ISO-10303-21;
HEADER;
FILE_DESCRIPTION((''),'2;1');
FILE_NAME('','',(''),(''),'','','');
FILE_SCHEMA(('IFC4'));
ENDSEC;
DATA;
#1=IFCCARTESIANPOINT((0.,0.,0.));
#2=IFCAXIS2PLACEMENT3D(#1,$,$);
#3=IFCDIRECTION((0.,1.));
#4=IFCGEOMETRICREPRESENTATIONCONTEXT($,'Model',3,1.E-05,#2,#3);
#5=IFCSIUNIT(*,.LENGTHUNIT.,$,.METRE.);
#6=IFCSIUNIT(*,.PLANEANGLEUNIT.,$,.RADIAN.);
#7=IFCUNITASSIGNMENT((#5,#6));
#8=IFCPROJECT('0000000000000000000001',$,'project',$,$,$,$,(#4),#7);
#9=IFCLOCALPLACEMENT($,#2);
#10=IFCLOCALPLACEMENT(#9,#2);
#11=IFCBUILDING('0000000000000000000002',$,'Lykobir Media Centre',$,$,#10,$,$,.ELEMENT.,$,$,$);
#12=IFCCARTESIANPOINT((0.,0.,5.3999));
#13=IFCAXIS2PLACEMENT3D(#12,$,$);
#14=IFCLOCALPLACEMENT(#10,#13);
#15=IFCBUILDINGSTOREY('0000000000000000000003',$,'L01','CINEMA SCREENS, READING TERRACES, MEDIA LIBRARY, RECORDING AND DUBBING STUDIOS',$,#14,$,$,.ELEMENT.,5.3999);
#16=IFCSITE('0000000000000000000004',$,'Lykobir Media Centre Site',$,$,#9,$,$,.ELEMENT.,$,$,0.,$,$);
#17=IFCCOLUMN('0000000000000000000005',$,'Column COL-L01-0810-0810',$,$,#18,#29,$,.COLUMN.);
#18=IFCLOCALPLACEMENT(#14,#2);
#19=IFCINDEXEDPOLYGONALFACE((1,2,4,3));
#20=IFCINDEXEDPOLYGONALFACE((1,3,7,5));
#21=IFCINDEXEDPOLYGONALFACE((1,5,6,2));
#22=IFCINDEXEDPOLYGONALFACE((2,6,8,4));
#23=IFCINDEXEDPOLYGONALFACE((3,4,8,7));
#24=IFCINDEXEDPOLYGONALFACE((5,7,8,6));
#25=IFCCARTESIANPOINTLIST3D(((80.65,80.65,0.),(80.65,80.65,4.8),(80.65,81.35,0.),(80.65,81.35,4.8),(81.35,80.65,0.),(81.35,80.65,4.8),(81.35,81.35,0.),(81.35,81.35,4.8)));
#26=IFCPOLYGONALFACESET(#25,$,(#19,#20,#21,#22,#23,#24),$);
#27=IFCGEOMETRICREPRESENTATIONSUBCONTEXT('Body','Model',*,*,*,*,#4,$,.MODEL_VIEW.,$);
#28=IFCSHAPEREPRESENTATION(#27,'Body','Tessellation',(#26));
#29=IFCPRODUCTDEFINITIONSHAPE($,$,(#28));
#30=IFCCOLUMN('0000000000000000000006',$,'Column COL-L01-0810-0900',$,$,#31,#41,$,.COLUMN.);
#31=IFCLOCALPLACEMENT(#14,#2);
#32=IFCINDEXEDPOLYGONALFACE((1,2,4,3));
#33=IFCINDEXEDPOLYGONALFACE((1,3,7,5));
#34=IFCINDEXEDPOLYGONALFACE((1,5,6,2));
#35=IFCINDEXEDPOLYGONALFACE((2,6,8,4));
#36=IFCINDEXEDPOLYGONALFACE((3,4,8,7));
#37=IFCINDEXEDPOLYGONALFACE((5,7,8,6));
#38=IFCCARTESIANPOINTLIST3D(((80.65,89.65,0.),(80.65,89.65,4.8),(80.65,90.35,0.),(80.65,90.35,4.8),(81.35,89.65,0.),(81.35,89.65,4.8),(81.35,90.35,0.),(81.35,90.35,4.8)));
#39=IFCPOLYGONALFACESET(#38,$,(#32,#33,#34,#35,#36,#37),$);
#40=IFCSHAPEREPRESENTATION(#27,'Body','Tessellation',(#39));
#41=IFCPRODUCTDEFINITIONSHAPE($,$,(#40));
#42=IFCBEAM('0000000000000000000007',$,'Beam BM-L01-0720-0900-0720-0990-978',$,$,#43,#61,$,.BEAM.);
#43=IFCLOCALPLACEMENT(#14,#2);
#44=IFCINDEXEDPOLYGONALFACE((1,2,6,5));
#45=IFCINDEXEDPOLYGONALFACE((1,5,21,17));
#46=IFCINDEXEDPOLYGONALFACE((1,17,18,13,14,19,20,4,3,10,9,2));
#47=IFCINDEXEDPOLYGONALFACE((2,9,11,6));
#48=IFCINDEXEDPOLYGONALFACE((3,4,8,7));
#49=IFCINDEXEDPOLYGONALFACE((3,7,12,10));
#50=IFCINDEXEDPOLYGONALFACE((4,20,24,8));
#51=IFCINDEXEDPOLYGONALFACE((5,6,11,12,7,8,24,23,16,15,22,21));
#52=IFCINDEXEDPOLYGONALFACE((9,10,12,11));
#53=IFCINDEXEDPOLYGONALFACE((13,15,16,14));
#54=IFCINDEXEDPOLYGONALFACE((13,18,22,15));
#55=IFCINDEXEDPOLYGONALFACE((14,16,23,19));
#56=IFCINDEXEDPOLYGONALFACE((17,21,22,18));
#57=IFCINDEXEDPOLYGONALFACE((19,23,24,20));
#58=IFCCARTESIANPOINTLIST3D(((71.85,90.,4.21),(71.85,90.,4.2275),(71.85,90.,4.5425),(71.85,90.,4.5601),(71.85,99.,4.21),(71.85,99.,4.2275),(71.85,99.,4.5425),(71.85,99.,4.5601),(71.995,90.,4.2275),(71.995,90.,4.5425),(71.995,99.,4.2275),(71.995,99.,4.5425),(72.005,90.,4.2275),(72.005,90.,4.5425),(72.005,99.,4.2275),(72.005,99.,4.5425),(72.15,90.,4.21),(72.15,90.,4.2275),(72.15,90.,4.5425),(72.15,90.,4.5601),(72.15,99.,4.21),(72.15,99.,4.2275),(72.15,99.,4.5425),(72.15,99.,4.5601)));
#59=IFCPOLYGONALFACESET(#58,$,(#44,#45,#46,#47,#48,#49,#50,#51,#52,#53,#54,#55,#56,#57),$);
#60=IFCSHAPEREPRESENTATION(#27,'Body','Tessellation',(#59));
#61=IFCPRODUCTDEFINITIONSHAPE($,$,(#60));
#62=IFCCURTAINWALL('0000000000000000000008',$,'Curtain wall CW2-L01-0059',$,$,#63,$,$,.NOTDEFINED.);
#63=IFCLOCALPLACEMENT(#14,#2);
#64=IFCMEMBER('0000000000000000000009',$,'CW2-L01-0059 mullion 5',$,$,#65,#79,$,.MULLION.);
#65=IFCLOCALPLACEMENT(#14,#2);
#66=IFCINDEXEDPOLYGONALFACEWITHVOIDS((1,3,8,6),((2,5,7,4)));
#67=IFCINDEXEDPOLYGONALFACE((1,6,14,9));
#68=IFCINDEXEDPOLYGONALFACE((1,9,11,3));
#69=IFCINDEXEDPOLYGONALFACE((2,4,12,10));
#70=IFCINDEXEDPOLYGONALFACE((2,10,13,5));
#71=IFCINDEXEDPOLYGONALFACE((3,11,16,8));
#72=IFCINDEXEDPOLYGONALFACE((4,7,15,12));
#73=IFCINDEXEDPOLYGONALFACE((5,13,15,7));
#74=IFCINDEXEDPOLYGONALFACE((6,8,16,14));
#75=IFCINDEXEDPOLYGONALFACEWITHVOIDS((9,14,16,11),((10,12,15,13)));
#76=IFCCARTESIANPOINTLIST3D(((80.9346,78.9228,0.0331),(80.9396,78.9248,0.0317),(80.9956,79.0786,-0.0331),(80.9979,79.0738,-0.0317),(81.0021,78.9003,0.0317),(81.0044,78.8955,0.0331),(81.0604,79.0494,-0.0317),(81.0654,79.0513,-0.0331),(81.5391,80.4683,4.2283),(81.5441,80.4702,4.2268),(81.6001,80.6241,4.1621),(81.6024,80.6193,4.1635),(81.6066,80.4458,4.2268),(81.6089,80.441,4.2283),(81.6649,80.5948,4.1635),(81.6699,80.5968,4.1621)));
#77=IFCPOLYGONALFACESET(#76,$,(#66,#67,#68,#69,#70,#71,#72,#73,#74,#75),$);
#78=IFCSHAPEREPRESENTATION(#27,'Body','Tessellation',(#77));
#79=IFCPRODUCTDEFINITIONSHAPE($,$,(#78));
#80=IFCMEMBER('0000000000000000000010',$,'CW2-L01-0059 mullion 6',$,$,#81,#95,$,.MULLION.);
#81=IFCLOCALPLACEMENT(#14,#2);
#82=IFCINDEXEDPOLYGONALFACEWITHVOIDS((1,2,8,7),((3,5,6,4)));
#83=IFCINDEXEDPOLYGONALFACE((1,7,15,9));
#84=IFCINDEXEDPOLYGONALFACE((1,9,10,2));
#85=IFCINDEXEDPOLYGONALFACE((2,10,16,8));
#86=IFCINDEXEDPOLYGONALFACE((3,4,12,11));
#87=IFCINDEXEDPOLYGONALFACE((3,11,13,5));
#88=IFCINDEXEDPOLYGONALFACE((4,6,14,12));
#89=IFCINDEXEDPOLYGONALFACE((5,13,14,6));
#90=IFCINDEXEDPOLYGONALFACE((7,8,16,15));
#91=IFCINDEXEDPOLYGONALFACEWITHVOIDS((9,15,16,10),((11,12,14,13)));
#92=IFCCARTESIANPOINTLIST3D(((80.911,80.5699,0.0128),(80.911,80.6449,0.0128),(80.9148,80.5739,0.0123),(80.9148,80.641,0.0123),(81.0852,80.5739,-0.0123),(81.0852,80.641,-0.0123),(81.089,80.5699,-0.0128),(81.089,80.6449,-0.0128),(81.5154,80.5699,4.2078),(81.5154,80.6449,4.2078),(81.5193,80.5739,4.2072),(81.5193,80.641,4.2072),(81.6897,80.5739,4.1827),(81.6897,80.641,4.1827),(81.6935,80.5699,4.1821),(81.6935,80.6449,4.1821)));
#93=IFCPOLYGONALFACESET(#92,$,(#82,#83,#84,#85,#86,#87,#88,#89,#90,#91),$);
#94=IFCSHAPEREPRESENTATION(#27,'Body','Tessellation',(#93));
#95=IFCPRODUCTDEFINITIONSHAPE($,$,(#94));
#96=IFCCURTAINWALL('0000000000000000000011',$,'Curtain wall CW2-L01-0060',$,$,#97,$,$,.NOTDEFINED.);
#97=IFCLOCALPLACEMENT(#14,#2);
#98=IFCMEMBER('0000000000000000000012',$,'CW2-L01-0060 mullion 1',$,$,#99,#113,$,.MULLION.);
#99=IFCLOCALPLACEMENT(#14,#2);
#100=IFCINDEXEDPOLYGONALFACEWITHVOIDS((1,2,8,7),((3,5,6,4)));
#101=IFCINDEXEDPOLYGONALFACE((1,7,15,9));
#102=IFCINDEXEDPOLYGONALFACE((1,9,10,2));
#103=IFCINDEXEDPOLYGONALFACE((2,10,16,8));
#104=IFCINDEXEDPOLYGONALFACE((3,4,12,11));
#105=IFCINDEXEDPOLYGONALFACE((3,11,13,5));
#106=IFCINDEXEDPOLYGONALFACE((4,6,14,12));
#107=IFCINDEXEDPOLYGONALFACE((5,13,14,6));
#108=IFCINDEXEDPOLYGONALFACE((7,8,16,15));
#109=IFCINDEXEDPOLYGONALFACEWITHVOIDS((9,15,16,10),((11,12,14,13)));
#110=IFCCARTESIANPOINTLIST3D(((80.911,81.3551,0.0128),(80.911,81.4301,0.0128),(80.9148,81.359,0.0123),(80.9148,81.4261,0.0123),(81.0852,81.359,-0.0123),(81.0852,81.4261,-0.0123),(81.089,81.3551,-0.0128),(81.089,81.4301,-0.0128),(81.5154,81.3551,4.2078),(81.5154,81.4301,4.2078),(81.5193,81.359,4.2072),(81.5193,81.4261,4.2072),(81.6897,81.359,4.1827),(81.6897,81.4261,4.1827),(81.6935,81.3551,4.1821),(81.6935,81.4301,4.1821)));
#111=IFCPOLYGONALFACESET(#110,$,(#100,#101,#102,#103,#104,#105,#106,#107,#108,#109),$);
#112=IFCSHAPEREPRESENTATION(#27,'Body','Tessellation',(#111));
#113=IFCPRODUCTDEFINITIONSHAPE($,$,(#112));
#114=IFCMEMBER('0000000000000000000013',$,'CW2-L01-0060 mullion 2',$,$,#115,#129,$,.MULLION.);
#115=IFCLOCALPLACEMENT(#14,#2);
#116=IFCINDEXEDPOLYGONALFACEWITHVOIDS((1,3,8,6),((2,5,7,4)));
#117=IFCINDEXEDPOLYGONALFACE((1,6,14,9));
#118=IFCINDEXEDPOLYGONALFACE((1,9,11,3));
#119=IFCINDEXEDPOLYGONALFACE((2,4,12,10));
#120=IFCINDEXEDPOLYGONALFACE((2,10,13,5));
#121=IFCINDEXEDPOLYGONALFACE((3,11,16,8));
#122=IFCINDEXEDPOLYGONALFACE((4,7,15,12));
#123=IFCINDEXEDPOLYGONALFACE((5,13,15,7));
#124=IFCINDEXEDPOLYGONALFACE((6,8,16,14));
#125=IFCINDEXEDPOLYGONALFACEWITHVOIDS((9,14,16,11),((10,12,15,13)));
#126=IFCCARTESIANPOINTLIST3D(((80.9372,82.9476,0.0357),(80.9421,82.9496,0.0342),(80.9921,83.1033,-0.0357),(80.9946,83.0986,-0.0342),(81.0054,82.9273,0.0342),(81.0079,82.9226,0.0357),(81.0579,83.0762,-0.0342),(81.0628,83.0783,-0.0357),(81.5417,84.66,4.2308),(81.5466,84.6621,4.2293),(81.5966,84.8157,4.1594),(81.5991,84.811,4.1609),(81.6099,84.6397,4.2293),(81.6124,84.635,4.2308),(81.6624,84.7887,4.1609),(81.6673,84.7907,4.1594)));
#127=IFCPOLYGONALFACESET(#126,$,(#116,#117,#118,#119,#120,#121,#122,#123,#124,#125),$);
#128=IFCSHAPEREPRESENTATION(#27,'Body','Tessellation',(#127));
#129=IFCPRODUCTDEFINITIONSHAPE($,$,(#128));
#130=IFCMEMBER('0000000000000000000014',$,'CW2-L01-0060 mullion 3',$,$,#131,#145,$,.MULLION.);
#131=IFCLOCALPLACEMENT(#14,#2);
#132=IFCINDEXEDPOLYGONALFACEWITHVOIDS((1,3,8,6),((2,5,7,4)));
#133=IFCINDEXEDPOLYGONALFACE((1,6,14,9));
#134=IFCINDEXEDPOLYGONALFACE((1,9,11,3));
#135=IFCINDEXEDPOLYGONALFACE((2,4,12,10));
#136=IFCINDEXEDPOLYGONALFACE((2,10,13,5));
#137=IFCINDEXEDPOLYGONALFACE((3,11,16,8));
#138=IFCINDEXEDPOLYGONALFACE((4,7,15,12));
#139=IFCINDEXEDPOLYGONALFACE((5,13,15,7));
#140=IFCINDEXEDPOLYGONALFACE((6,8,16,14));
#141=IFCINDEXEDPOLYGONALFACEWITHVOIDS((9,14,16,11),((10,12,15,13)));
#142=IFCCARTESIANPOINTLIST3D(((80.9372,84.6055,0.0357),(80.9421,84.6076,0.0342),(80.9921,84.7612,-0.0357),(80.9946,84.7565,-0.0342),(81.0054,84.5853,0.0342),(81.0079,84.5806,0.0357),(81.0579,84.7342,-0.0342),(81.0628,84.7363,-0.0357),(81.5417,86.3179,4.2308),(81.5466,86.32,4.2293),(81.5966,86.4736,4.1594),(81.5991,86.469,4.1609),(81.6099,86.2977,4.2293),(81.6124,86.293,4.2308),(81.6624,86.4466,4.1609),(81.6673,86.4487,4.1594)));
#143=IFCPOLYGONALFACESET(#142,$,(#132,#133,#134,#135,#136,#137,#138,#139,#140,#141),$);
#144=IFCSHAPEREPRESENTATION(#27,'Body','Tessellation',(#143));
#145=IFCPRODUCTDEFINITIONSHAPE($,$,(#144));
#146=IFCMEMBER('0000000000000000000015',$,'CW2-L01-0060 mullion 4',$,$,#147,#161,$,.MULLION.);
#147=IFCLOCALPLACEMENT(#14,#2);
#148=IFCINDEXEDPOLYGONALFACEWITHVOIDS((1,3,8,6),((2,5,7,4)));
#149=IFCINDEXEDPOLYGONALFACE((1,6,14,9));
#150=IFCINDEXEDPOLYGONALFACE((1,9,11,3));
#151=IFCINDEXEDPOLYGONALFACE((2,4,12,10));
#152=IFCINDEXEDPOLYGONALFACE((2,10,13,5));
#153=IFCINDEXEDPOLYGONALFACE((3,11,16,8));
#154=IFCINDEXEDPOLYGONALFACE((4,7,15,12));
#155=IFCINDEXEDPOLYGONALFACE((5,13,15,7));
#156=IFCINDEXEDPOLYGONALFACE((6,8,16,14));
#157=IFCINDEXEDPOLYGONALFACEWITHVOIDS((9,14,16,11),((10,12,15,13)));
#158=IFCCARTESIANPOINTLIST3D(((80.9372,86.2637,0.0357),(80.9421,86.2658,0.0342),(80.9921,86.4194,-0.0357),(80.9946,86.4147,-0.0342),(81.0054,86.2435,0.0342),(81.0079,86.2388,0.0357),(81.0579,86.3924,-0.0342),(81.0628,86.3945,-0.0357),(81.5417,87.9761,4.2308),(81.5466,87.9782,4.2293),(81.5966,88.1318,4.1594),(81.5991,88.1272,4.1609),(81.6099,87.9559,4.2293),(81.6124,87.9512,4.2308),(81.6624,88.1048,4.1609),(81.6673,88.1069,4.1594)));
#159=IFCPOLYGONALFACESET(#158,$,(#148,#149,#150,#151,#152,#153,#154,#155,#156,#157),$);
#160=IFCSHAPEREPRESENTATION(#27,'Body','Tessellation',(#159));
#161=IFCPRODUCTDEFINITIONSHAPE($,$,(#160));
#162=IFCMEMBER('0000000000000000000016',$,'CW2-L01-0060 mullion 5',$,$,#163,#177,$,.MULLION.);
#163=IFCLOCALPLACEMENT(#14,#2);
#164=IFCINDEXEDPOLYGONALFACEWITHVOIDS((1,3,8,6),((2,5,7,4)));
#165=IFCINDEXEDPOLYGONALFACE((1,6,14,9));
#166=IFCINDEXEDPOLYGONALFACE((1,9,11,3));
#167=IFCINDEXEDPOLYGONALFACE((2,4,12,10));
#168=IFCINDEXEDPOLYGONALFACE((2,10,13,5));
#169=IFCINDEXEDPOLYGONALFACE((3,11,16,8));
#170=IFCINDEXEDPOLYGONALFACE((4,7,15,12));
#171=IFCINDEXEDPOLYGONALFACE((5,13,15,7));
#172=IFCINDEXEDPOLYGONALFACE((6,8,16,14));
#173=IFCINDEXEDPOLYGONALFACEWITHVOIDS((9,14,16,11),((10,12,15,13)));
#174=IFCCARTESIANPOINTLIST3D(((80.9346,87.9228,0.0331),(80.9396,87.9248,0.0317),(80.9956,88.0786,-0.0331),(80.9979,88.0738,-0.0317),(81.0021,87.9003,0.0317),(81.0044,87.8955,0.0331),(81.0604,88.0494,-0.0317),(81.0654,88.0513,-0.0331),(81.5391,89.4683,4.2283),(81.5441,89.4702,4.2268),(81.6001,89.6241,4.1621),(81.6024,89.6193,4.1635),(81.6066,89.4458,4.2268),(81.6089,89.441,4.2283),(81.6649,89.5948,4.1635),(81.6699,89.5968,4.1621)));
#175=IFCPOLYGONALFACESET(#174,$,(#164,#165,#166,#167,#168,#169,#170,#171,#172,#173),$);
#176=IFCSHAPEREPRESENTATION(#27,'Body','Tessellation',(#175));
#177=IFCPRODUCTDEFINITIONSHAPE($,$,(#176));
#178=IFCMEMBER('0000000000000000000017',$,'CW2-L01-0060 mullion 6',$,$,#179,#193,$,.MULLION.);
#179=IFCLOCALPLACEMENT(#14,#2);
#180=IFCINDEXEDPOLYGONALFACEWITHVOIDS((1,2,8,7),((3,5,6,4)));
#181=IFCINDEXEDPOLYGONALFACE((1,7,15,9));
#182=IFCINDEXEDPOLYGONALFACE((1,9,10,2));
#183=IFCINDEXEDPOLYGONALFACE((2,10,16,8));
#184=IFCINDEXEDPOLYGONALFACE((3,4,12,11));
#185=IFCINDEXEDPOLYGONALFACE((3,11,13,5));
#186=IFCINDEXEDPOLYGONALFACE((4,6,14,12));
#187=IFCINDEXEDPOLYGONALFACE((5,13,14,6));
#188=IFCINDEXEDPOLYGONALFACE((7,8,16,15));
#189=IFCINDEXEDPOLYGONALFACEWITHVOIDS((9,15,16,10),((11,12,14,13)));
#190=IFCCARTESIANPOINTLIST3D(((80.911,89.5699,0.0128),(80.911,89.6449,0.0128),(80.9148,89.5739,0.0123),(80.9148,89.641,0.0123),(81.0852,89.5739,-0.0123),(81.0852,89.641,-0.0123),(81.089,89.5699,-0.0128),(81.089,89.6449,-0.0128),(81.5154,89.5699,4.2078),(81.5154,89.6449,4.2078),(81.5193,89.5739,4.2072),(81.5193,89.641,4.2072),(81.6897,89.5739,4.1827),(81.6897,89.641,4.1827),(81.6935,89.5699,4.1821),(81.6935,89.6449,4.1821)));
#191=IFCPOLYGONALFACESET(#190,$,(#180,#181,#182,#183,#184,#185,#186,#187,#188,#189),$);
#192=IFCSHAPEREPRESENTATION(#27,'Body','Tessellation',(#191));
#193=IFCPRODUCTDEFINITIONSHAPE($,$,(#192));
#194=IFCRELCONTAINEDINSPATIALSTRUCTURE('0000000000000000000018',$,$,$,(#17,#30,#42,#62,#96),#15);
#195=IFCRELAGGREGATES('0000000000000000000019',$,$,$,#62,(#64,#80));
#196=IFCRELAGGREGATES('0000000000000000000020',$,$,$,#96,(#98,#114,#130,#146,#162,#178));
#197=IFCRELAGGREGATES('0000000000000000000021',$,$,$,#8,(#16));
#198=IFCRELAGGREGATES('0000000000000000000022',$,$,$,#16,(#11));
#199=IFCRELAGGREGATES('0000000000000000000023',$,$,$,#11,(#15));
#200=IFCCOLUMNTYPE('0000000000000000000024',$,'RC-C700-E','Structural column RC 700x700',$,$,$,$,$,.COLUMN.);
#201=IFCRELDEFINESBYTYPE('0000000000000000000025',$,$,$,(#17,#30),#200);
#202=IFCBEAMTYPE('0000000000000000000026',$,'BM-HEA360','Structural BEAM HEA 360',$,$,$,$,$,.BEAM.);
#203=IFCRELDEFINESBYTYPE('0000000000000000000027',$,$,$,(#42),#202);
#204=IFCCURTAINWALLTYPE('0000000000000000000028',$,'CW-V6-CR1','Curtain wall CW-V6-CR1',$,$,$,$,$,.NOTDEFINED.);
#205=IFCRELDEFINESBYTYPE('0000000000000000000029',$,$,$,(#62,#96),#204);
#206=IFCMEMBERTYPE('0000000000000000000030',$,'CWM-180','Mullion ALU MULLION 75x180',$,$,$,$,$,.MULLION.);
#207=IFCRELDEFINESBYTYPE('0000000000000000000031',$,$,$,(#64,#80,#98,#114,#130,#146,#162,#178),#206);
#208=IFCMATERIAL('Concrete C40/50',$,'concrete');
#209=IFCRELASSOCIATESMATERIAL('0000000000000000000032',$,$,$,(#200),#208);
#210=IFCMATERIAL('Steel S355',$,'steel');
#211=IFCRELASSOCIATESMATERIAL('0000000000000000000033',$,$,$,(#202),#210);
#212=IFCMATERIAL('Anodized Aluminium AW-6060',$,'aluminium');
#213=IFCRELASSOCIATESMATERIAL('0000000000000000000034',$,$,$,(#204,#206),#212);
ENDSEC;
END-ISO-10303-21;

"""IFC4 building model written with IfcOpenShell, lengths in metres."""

from ifc_helpers import new_model, si_unit, direction, frame, origin, origin_2d, place, context, subcontext, project, spatial, rectangle, hollow_rectangle, i_section, extrude, material, material_profile, profile_set, type_object, element, aggregate, save


model = new_model("IFC4")

# Units and contexts
model_context = context("Model", 3, precision=1e-05, world=origin(), true_north=direction((0.0, 1.0)))
body_context = subcontext(model_context, "Body", "Model", "MODEL_VIEW")
ifc_project = project(units=[si_unit("LENGTHUNIT", "METRE"), si_unit("PLANEANGLEUNIT", "RADIAN")], contexts=[model_context])

# Site, building, storey
site_placement = place(None, origin())
site = spatial("IfcSite", under=ifc_project, at=site_placement, Name="Lykobir Media Centre Site", CompositionType="ELEMENT", RefElevation=0.0)
building_placement = place(site_placement, origin())
building = spatial("IfcBuilding", under=site, at=building_placement, Name="Lykobir Media Centre", CompositionType="ELEMENT")
storey_placement = place(building_placement, frame((0.0, 0.0, 5.3999)))
storey = spatial("IfcBuildingStorey", under=building, at=storey_placement, Name="L01", Description="CINEMA SCREENS, READING TERRACES, MEDIA LIBRARY, RECORDING AND DUBBING STUDIOS", CompositionType="ELEMENT", Elevation=5.3999)

# Columns
ifc_material_1 = material(Name="Concrete C40/50", Category="concrete")
ifc_material_profile_1 = material_profile(ifc_material_1, rectangle(XDim=0.7, YDim=0.7, at=origin_2d()), Name="RC 700x700")
ifc_profile_set_1 = profile_set([ifc_material_profile_1], Name="Concrete C40/50")
column_type = type_object("IfcColumnType", Name="RC-C700-E", Description="Structural column RC 700x700", PredefinedType="COLUMN", material=ifc_profile_set_1)
for number, where, z_axis, x_axis, name in (
    (1, (81.0, 81.0, 0.0), (0.0, 0.0, 1.0), (1.0, 0.0, 0.0), "Column COL-L01-0810-0810"),
    (2, (81.0, 90.0, 0.0), (0.0, 0.0, 1.0), (1.0, 0.0, 0.0), "Column COL-L01-0810-0900"),
):
    element("IfcColumn", number, at=place(storey_placement, frame(where, z_axis=z_axis, x_axis=x_axis)), inside=storey, type_object=column_type, Name=name, PredefinedType="COLUMN", context=body_context, shape_type="SweptSolid", body=[
        extrude(rectangle(XDim=0.7, YDim=0.7, at=origin_2d()), origin(), (0.0, 0.0, 1.0), 4.8),
    ])

# Beam
ifc_material_2 = material(Name="Steel S355", Category="steel")
ifc_material_profile_2 = material_profile(ifc_material_2, i_section(OverallWidth=0.3, OverallDepth=0.3501, WebThickness=0.01, FlangeThickness=0.0176, at=origin_2d()), Name="HEA 360")
ifc_profile_set_2 = profile_set([ifc_material_profile_2], Name="Steel S355")
beam_type_1 = type_object("IfcBeamType", Name="BM-HEA360", Description="Structural BEAM HEA 360", PredefinedType="BEAM", material=ifc_profile_set_2)
beam_placement = place(storey_placement, frame((72.0, 90.0, 4.385), z_axis=(0.0, 1.0, 0.0), x_axis=(-1.0, 0.0, 0.0)))
element("IfcBeam", 3, at=beam_placement, inside=storey, type_object=beam_type_1, Name="Beam BM-L01-0720-0900-0720-0990-978", PredefinedType="BEAM", context=body_context, shape_type="SweptSolid", body=[
    extrude(i_section(OverallWidth=0.3, OverallDepth=0.3501, WebThickness=0.01, FlangeThickness=0.0176, at=origin_2d()), origin(), (0.0, 0.0, 1.0), 9.0),
])

# Curtain walls, members
ifc_material_3 = material(Name="Anodized Aluminium AW-6060", Category="aluminium")
curtain_wall_type = type_object("IfcCurtainWallType", Name="CW-V6-CR1", Description="Curtain wall CW-V6-CR1", PredefinedType="NOTDEFINED", material=ifc_material_3)
curtain_wall_1_placement = place(storey_placement, origin())
curtain_wall_1 = element("IfcCurtainWall", 4, at=curtain_wall_1_placement, inside=storey, type_object=curtain_wall_type, Name="Curtain wall CW2-L01-0059", PredefinedType="NOTDEFINED")
ifc_material_profile_3 = material_profile(ifc_material_3, hollow_rectangle(XDim=0.075, YDim=0.1799, WallThickness=0.0039, at=origin_2d()), Name="ALU MULLION 75x180")
ifc_profile_set_3 = profile_set([ifc_material_profile_3], Name="Anodized Aluminium AW-6060")
member_type_1 = type_object("IfcMemberType", Name="CWM-180", Description="Mullion ALU MULLION 75x180", PredefinedType="MULLION", material=ifc_profile_set_3)
member_1_placement = place(storey_placement, frame((81.0, 78.9871, 0.0), z_axis=(0.133994, 0.34256, 0.929891), x_axis=(0.931291, -0.364277, 0.0)))
member_1 = element("IfcMember", 5, at=member_1_placement, type_object=member_type_1, Name="CW2-L01-0059 mullion 5", PredefinedType="MULLION", context=body_context, shape_type="SweptSolid", body=[
    extrude(hollow_rectangle(XDim=0.075, YDim=0.1799, WallThickness=0.0039, at=origin_2d()), origin(), (0.0, 0.0, 1.0), 4.5115),
])
member_2_placement = place(storey_placement, frame((81.0, 80.6074, 0.0), z_axis=(0.142623, 0.0, 0.989777), x_axis=(0.0, -1.0, 0.0)))
member_2 = element("IfcMember", 6, at=member_2_placement, type_object=member_type_1, Name="CW2-L01-0059 mullion 6", PredefinedType="MULLION", context=body_context, shape_type="SweptSolid", body=[
    extrude(hollow_rectangle(XDim=0.075, YDim=0.1799, WallThickness=0.0039, at=origin_2d()), origin(), (0.0, 0.0, 1.0), 4.2383),
])
curtain_wall_2_placement = place(storey_placement, origin())
curtain_wall_2 = element("IfcCurtainWall", 7, at=curtain_wall_2_placement, inside=storey, type_object=curtain_wall_type, Name="Curtain wall CW2-L01-0060", PredefinedType="NOTDEFINED")
member_3_placement = place(storey_placement, frame((81.0, 81.3926, 0.0), z_axis=(0.142623, 0.0, 0.989777), x_axis=(0.0, -1.0, 0.0)))
member_3 = element("IfcMember", 8, at=member_3_placement, type_object=member_type_1, Name="CW2-L01-0060 mullion 1", PredefinedType="MULLION", context=body_context, shape_type="SweptSolid", body=[
    extrude(hollow_rectangle(XDim=0.075, YDim=0.1799, WallThickness=0.0039, at=origin_2d()), origin(), (0.0, 0.0, 1.0), 4.2383),
])
member_4_placement = place(storey_placement, frame((81.0, 83.0129, 0.0), z_axis=(0.132238, 0.374603, 0.917707), x_axis=(0.94297, -0.332876, 0.0)))
member_4 = element("IfcMember", 9, at=member_4_placement, type_object=member_type_1, Name="CW2-L01-0060 mullion 2", PredefinedType="MULLION", context=body_context, shape_type="SweptSolid", body=[
    extrude(hollow_rectangle(XDim=0.075, YDim=0.1799, WallThickness=0.0039, at=origin_2d()), origin(), (0.0, 0.0, 1.0), 4.5713),
])
member_5_placement = place(storey_placement, frame((81.0, 84.6709, 0.0), z_axis=(0.132238, 0.374603, 0.917707), x_axis=(0.94297, -0.332876, 0.0)))
member_5 = element("IfcMember", 10, at=member_5_placement, type_object=member_type_1, Name="CW2-L01-0060 mullion 3", PredefinedType="MULLION", context=body_context, shape_type="SweptSolid", body=[
    extrude(hollow_rectangle(XDim=0.075, YDim=0.1799, WallThickness=0.0039, at=origin_2d()), origin(), (0.0, 0.0, 1.0), 4.5713),
])
member_6_placement = place(storey_placement, frame((81.0, 86.3291, 0.0), z_axis=(0.132238, 0.374603, 0.917707), x_axis=(0.94297, -0.332876, 0.0)))
member_6 = element("IfcMember", 11, at=member_6_placement, type_object=member_type_1, Name="CW2-L01-0060 mullion 4", PredefinedType="MULLION", context=body_context, shape_type="SweptSolid", body=[
    extrude(hollow_rectangle(XDim=0.075, YDim=0.1799, WallThickness=0.0039, at=origin_2d()), origin(), (0.0, 0.0, 1.0), 4.5713),
])
member_7_placement = place(storey_placement, frame((81.0, 87.9871, 0.0), z_axis=(0.133994, 0.34256, 0.929891), x_axis=(0.931291, -0.364277, 0.0)))
member_7 = element("IfcMember", 12, at=member_7_placement, type_object=member_type_1, Name="CW2-L01-0060 mullion 5", PredefinedType="MULLION", context=body_context, shape_type="SweptSolid", body=[
    extrude(hollow_rectangle(XDim=0.075, YDim=0.1799, WallThickness=0.0039, at=origin_2d()), origin(), (0.0, 0.0, 1.0), 4.5115),
])
member_8_placement = place(storey_placement, frame((81.0, 89.6074, 0.0), z_axis=(0.142623, 0.0, 0.989777), x_axis=(0.0, -1.0, 0.0)))
member_8 = element("IfcMember", 13, at=member_8_placement, type_object=member_type_1, Name="CW2-L01-0060 mullion 6", PredefinedType="MULLION", context=body_context, shape_type="SweptSolid", body=[
    extrude(hollow_rectangle(XDim=0.075, YDim=0.1799, WallThickness=0.0039, at=origin_2d()), origin(), (0.0, 0.0, 1.0), 4.2383),
])

aggregate(curtain_wall_1, [member_1, member_2])
aggregate(curtain_wall_2, [member_3, member_4, member_5, member_6, member_7, member_8])

save(model, "model.ifc")
